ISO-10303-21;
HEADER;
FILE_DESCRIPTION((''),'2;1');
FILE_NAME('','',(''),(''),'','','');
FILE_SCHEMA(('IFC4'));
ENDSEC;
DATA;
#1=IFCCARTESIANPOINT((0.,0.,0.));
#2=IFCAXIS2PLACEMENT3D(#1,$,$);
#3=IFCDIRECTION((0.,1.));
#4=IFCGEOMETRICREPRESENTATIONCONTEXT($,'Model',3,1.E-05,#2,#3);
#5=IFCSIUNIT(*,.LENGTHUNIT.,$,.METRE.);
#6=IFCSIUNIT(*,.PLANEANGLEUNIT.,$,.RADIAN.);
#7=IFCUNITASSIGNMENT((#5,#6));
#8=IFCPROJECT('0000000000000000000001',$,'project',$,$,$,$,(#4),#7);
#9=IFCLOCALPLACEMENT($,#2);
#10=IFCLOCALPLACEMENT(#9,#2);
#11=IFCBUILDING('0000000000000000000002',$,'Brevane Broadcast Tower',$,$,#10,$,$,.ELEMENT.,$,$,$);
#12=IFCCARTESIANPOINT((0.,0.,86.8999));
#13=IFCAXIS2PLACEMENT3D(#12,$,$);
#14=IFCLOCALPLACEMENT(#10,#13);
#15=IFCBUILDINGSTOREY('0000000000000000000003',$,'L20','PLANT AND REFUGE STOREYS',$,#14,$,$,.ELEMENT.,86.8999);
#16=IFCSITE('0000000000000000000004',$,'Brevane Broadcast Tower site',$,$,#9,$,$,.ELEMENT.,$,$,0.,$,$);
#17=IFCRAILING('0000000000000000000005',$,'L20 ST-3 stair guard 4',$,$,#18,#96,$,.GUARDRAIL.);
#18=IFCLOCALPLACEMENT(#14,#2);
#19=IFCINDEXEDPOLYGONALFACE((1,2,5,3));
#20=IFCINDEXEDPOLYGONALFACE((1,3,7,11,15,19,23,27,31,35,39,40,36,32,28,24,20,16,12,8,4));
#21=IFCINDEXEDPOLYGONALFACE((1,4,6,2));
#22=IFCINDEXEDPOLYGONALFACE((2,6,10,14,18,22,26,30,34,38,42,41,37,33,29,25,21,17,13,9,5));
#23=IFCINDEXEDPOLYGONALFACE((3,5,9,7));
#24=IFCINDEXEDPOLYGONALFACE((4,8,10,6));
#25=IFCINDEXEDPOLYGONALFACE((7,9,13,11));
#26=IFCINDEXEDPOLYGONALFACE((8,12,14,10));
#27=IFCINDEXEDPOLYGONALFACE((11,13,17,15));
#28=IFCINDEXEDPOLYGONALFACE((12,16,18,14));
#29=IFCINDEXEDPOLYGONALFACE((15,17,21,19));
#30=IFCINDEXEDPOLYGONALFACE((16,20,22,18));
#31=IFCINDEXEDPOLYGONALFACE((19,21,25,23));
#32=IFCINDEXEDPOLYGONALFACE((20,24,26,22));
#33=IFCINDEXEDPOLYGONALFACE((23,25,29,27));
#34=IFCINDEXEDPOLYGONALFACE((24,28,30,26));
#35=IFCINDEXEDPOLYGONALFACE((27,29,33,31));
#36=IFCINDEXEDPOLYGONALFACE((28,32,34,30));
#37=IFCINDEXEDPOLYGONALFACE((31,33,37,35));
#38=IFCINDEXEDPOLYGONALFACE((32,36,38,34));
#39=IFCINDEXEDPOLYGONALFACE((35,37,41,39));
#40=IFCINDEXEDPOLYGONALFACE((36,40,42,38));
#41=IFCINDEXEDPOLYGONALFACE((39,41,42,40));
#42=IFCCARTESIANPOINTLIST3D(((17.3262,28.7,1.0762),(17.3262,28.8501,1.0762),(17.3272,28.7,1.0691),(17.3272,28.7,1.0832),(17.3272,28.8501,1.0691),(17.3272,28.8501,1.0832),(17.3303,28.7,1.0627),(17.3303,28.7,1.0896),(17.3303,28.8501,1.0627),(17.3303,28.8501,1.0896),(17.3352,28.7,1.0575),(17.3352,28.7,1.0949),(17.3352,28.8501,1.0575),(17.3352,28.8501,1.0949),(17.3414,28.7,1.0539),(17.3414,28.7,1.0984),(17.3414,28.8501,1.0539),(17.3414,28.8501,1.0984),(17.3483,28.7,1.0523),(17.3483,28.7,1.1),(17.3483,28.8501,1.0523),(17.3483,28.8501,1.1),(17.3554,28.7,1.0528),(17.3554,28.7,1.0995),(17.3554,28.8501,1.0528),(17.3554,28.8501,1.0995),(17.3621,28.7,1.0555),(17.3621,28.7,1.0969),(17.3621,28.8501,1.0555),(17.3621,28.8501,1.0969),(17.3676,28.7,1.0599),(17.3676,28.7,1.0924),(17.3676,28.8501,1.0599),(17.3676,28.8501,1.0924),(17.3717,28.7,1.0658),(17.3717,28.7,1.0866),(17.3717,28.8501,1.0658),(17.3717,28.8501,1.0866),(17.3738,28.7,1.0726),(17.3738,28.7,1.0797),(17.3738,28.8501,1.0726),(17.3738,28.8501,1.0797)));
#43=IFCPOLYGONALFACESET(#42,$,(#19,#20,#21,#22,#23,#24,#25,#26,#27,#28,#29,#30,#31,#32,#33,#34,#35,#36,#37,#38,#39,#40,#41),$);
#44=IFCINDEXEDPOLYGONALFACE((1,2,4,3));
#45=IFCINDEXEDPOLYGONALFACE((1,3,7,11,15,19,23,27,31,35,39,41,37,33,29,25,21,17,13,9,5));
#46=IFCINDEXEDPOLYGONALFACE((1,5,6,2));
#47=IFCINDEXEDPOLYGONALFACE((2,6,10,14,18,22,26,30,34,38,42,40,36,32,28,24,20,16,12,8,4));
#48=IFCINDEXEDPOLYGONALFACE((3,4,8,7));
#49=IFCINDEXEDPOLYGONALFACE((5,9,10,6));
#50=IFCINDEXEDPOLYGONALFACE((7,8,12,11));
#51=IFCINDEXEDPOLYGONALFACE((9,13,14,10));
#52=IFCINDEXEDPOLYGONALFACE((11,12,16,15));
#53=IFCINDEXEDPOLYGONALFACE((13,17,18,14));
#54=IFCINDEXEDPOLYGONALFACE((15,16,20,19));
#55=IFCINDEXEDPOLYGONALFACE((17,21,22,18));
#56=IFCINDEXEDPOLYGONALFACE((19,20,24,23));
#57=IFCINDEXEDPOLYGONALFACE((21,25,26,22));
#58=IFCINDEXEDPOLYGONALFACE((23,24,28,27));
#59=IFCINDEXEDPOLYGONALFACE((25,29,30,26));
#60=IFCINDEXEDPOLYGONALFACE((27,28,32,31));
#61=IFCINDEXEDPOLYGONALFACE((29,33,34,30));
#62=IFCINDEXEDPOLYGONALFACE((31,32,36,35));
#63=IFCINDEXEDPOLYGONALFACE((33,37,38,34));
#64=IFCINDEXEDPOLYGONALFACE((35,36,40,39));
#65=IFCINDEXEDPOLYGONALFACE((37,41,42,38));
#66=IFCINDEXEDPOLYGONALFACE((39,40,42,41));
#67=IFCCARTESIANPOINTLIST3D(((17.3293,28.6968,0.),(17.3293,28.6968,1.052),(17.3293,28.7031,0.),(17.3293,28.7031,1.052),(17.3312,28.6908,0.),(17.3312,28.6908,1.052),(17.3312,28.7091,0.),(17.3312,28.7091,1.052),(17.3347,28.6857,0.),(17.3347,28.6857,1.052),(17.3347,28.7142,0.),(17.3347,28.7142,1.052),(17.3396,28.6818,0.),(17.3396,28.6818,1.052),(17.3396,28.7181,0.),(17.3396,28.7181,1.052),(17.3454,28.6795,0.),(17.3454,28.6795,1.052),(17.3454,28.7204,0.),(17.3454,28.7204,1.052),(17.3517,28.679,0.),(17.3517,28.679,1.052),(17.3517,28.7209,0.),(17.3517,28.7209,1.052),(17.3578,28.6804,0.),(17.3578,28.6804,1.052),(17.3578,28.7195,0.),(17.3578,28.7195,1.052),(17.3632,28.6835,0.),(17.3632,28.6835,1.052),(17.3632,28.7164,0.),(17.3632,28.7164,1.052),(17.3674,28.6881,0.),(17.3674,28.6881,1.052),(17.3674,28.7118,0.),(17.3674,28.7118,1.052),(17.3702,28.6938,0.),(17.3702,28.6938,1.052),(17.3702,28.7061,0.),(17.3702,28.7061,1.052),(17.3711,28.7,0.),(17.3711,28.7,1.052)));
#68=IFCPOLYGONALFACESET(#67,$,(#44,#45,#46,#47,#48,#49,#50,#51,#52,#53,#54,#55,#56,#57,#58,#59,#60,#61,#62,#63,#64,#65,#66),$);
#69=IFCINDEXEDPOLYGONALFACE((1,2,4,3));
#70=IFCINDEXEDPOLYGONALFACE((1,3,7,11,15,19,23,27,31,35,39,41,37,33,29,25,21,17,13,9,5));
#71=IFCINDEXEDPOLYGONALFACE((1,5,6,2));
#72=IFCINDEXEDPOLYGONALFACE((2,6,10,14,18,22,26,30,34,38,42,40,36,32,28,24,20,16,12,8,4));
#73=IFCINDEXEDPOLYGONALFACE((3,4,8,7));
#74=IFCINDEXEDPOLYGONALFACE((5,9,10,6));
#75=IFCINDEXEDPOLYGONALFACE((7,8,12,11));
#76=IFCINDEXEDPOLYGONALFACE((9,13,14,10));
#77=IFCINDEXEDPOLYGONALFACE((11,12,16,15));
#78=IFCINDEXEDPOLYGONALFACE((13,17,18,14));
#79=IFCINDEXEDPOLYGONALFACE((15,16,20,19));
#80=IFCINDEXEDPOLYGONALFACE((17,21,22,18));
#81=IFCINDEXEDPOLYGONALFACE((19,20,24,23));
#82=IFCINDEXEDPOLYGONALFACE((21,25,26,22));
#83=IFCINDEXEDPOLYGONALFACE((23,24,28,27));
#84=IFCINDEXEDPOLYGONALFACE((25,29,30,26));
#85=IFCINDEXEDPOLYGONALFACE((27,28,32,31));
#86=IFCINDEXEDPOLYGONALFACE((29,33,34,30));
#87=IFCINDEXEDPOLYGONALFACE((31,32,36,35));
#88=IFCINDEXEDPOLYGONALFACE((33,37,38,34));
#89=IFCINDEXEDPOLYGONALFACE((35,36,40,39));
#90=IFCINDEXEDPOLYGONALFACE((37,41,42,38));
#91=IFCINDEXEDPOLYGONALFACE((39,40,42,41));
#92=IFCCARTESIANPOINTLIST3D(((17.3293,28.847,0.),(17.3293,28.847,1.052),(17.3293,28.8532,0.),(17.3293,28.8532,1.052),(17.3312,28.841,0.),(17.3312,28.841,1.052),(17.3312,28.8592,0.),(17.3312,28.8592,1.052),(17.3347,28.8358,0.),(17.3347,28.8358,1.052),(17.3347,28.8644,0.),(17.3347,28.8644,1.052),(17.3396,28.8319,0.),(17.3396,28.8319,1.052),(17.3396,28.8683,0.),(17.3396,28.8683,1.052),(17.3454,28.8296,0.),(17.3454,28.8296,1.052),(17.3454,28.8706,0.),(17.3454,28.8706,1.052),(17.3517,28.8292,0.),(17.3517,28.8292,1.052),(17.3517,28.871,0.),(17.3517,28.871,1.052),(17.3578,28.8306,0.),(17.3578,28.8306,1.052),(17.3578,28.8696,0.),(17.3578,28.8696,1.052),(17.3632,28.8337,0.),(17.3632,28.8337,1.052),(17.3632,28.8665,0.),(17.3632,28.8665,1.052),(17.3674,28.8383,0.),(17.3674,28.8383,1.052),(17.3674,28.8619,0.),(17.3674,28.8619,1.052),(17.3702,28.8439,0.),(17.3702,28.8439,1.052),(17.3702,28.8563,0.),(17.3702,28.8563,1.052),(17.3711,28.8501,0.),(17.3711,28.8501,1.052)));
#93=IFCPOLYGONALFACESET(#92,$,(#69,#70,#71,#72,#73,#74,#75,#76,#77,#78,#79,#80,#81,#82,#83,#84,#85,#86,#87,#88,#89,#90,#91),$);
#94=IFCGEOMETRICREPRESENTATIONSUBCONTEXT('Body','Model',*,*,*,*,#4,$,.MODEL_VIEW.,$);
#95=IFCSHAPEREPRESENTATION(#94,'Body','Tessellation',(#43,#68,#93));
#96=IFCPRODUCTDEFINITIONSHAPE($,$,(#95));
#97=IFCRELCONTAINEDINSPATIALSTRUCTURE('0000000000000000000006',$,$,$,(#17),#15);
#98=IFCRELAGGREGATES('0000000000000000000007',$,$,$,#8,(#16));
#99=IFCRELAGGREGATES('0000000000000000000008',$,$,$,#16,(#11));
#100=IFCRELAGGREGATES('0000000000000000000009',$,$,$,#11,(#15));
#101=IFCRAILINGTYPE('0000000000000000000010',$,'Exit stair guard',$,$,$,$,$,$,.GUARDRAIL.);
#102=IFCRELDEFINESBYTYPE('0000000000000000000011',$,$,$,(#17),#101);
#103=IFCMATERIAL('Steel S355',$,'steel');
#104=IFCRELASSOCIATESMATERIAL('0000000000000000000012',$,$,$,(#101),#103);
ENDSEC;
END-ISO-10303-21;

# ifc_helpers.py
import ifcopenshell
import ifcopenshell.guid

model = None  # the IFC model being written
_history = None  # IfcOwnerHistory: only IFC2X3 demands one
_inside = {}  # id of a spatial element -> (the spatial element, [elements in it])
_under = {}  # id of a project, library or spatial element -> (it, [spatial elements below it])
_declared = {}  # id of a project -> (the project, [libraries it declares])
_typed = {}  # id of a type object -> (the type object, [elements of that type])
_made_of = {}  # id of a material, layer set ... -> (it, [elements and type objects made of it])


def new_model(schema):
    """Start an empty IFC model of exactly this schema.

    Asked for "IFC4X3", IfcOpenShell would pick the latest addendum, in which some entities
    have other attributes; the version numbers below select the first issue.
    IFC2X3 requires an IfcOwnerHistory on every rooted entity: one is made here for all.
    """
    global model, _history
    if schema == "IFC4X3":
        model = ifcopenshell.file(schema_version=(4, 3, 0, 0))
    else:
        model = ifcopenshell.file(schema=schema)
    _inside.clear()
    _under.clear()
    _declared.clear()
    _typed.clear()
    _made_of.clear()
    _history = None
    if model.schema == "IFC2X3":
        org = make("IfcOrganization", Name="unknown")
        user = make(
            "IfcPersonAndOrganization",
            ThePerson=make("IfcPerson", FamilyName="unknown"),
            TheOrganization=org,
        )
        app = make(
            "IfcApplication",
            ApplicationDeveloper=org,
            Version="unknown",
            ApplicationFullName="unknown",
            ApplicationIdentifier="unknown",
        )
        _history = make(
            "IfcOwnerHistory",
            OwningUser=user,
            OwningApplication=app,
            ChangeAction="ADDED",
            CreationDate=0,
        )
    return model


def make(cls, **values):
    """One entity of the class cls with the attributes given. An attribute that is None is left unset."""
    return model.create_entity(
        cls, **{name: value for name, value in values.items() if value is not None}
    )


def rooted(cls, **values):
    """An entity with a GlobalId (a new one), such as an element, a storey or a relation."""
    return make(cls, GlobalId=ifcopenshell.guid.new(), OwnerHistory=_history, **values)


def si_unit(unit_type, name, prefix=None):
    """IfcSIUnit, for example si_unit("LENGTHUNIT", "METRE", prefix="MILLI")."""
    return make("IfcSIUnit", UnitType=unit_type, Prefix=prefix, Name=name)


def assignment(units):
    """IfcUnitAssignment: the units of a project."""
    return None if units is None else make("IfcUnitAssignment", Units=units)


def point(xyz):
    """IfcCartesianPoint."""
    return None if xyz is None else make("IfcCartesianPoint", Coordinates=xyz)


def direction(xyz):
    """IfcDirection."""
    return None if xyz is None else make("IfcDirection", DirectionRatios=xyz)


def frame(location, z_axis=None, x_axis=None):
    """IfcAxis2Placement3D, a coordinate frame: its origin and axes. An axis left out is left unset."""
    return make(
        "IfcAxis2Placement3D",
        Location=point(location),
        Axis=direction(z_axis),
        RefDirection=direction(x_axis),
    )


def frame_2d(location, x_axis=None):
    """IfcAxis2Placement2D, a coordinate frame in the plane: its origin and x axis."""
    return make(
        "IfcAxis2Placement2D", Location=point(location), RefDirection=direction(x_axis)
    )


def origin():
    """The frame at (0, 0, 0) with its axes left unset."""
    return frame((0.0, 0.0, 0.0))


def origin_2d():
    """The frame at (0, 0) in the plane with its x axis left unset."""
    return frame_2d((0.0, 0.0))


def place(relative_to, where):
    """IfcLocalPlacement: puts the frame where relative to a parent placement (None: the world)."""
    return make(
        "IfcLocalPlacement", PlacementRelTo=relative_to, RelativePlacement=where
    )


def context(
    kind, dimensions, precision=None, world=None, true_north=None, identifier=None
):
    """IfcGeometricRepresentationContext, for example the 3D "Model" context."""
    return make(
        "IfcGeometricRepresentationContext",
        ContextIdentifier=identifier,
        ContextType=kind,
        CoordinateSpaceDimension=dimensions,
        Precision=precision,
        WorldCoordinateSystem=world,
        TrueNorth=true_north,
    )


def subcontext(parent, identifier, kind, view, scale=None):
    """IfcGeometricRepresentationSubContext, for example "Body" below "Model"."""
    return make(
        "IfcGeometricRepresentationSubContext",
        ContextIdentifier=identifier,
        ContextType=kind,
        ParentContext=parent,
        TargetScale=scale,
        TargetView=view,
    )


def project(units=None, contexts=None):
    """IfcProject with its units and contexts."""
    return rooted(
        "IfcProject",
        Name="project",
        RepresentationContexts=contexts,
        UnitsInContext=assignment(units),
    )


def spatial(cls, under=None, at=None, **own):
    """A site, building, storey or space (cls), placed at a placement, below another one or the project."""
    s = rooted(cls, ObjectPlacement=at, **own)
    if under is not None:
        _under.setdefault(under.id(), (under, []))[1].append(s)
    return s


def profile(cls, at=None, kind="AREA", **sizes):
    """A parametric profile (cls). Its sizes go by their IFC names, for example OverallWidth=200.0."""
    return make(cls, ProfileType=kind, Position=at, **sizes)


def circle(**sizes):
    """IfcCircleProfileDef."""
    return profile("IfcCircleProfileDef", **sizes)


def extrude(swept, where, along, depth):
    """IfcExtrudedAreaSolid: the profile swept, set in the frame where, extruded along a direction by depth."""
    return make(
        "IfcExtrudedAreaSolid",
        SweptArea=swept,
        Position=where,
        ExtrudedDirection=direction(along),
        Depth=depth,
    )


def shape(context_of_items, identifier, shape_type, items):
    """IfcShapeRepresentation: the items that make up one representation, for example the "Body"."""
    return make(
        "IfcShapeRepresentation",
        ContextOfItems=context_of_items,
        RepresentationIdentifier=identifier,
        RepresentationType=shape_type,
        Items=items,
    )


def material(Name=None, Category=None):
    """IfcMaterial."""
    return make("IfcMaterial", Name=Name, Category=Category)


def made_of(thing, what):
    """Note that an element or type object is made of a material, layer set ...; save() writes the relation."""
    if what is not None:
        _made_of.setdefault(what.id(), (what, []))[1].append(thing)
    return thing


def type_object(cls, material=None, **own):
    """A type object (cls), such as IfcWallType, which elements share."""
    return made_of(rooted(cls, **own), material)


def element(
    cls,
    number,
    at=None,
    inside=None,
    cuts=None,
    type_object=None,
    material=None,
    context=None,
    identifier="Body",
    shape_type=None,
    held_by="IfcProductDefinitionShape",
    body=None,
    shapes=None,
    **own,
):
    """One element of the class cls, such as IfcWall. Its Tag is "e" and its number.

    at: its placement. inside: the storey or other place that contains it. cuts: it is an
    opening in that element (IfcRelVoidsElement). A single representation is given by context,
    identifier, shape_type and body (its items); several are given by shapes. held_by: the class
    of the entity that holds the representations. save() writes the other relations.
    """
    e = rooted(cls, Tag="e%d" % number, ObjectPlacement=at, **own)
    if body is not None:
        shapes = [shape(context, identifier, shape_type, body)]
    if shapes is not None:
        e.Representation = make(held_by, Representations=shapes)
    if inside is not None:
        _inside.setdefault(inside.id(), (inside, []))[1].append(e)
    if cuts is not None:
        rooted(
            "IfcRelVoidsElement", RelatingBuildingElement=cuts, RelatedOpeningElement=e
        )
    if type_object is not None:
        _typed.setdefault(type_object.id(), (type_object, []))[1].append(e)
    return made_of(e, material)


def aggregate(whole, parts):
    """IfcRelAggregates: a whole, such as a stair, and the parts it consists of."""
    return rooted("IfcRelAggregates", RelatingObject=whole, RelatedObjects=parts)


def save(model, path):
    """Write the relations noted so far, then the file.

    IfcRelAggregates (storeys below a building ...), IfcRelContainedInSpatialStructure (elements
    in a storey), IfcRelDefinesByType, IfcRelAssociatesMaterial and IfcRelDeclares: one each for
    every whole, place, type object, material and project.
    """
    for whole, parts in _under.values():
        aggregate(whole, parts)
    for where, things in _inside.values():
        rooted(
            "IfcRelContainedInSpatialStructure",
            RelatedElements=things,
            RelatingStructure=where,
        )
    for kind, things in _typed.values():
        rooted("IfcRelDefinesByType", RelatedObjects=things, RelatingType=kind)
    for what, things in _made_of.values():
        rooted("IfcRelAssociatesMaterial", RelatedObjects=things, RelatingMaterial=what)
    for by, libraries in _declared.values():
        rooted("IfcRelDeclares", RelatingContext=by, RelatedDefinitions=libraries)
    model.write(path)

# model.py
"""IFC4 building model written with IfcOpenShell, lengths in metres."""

from ifc_helpers import new_model, si_unit, direction, frame, origin, origin_2d, place, context, subcontext, project, spatial, circle, extrude, material, type_object, element, save


model = new_model("IFC4")

# Units and contexts
model_context = context("Model", 3, precision=1e-05, world=origin(), true_north=direction((0.0, 1.0)))
body_context = subcontext(model_context, "Body", "Model", "MODEL_VIEW")
ifc_project = project(units=[si_unit("LENGTHUNIT", "METRE"), si_unit("PLANEANGLEUNIT", "RADIAN")], contexts=[model_context])

# Site, building, storey
site_placement = place(None, origin())
site = spatial("IfcSite", under=ifc_project, at=site_placement, Name="Brevane Broadcast Tower site", CompositionType="ELEMENT", RefElevation=0.0)
building_placement = place(site_placement, origin())
building = spatial("IfcBuilding", under=site, at=building_placement, Name="Brevane Broadcast Tower", CompositionType="ELEMENT")
storey_placement = place(building_placement, frame((0.0, 0.0, 86.8999)))
storey = spatial("IfcBuildingStorey", under=building, at=storey_placement, Name="L20", Description="PLANT AND REFUGE STOREYS", CompositionType="ELEMENT", Elevation=86.8999)

# Shared definitions
ifc_material_1 = material(Name="Steel S355", Category="steel")

# Railing
railing_type_1 = type_object("IfcRailingType", Name="Exit stair guard", PredefinedType="GUARDRAIL", material=ifc_material_1)
railing_1_placement = place(storey_placement, frame((17.3501, 28.7, 0.0)))
element("IfcRailing", 1, at=railing_1_placement, inside=storey, type_object=railing_type_1, Name="L20 ST-3 stair guard 4", PredefinedType="GUARDRAIL", context=body_context, shape_type="SweptSolid", body=[
    extrude(circle(Radius=0.0239, at=origin_2d()), frame((0.0, 0.0, 1.0762), z_axis=(0.0, 1.0, 0.0), x_axis=(-1.0, 0.0, 0.0)), (0.0, 0.0, 1.0), 0.1501),
    extrude(circle(Radius=0.021, at=origin_2d()), origin(), (0.0, 0.0, 1.0), 1.052),
    extrude(circle(Radius=0.021, at=origin_2d()), frame((0.0, 0.1501, 0.0)), (0.0, 0.0, 1.0), 1.052),
])

save(model, "model.ifc")
